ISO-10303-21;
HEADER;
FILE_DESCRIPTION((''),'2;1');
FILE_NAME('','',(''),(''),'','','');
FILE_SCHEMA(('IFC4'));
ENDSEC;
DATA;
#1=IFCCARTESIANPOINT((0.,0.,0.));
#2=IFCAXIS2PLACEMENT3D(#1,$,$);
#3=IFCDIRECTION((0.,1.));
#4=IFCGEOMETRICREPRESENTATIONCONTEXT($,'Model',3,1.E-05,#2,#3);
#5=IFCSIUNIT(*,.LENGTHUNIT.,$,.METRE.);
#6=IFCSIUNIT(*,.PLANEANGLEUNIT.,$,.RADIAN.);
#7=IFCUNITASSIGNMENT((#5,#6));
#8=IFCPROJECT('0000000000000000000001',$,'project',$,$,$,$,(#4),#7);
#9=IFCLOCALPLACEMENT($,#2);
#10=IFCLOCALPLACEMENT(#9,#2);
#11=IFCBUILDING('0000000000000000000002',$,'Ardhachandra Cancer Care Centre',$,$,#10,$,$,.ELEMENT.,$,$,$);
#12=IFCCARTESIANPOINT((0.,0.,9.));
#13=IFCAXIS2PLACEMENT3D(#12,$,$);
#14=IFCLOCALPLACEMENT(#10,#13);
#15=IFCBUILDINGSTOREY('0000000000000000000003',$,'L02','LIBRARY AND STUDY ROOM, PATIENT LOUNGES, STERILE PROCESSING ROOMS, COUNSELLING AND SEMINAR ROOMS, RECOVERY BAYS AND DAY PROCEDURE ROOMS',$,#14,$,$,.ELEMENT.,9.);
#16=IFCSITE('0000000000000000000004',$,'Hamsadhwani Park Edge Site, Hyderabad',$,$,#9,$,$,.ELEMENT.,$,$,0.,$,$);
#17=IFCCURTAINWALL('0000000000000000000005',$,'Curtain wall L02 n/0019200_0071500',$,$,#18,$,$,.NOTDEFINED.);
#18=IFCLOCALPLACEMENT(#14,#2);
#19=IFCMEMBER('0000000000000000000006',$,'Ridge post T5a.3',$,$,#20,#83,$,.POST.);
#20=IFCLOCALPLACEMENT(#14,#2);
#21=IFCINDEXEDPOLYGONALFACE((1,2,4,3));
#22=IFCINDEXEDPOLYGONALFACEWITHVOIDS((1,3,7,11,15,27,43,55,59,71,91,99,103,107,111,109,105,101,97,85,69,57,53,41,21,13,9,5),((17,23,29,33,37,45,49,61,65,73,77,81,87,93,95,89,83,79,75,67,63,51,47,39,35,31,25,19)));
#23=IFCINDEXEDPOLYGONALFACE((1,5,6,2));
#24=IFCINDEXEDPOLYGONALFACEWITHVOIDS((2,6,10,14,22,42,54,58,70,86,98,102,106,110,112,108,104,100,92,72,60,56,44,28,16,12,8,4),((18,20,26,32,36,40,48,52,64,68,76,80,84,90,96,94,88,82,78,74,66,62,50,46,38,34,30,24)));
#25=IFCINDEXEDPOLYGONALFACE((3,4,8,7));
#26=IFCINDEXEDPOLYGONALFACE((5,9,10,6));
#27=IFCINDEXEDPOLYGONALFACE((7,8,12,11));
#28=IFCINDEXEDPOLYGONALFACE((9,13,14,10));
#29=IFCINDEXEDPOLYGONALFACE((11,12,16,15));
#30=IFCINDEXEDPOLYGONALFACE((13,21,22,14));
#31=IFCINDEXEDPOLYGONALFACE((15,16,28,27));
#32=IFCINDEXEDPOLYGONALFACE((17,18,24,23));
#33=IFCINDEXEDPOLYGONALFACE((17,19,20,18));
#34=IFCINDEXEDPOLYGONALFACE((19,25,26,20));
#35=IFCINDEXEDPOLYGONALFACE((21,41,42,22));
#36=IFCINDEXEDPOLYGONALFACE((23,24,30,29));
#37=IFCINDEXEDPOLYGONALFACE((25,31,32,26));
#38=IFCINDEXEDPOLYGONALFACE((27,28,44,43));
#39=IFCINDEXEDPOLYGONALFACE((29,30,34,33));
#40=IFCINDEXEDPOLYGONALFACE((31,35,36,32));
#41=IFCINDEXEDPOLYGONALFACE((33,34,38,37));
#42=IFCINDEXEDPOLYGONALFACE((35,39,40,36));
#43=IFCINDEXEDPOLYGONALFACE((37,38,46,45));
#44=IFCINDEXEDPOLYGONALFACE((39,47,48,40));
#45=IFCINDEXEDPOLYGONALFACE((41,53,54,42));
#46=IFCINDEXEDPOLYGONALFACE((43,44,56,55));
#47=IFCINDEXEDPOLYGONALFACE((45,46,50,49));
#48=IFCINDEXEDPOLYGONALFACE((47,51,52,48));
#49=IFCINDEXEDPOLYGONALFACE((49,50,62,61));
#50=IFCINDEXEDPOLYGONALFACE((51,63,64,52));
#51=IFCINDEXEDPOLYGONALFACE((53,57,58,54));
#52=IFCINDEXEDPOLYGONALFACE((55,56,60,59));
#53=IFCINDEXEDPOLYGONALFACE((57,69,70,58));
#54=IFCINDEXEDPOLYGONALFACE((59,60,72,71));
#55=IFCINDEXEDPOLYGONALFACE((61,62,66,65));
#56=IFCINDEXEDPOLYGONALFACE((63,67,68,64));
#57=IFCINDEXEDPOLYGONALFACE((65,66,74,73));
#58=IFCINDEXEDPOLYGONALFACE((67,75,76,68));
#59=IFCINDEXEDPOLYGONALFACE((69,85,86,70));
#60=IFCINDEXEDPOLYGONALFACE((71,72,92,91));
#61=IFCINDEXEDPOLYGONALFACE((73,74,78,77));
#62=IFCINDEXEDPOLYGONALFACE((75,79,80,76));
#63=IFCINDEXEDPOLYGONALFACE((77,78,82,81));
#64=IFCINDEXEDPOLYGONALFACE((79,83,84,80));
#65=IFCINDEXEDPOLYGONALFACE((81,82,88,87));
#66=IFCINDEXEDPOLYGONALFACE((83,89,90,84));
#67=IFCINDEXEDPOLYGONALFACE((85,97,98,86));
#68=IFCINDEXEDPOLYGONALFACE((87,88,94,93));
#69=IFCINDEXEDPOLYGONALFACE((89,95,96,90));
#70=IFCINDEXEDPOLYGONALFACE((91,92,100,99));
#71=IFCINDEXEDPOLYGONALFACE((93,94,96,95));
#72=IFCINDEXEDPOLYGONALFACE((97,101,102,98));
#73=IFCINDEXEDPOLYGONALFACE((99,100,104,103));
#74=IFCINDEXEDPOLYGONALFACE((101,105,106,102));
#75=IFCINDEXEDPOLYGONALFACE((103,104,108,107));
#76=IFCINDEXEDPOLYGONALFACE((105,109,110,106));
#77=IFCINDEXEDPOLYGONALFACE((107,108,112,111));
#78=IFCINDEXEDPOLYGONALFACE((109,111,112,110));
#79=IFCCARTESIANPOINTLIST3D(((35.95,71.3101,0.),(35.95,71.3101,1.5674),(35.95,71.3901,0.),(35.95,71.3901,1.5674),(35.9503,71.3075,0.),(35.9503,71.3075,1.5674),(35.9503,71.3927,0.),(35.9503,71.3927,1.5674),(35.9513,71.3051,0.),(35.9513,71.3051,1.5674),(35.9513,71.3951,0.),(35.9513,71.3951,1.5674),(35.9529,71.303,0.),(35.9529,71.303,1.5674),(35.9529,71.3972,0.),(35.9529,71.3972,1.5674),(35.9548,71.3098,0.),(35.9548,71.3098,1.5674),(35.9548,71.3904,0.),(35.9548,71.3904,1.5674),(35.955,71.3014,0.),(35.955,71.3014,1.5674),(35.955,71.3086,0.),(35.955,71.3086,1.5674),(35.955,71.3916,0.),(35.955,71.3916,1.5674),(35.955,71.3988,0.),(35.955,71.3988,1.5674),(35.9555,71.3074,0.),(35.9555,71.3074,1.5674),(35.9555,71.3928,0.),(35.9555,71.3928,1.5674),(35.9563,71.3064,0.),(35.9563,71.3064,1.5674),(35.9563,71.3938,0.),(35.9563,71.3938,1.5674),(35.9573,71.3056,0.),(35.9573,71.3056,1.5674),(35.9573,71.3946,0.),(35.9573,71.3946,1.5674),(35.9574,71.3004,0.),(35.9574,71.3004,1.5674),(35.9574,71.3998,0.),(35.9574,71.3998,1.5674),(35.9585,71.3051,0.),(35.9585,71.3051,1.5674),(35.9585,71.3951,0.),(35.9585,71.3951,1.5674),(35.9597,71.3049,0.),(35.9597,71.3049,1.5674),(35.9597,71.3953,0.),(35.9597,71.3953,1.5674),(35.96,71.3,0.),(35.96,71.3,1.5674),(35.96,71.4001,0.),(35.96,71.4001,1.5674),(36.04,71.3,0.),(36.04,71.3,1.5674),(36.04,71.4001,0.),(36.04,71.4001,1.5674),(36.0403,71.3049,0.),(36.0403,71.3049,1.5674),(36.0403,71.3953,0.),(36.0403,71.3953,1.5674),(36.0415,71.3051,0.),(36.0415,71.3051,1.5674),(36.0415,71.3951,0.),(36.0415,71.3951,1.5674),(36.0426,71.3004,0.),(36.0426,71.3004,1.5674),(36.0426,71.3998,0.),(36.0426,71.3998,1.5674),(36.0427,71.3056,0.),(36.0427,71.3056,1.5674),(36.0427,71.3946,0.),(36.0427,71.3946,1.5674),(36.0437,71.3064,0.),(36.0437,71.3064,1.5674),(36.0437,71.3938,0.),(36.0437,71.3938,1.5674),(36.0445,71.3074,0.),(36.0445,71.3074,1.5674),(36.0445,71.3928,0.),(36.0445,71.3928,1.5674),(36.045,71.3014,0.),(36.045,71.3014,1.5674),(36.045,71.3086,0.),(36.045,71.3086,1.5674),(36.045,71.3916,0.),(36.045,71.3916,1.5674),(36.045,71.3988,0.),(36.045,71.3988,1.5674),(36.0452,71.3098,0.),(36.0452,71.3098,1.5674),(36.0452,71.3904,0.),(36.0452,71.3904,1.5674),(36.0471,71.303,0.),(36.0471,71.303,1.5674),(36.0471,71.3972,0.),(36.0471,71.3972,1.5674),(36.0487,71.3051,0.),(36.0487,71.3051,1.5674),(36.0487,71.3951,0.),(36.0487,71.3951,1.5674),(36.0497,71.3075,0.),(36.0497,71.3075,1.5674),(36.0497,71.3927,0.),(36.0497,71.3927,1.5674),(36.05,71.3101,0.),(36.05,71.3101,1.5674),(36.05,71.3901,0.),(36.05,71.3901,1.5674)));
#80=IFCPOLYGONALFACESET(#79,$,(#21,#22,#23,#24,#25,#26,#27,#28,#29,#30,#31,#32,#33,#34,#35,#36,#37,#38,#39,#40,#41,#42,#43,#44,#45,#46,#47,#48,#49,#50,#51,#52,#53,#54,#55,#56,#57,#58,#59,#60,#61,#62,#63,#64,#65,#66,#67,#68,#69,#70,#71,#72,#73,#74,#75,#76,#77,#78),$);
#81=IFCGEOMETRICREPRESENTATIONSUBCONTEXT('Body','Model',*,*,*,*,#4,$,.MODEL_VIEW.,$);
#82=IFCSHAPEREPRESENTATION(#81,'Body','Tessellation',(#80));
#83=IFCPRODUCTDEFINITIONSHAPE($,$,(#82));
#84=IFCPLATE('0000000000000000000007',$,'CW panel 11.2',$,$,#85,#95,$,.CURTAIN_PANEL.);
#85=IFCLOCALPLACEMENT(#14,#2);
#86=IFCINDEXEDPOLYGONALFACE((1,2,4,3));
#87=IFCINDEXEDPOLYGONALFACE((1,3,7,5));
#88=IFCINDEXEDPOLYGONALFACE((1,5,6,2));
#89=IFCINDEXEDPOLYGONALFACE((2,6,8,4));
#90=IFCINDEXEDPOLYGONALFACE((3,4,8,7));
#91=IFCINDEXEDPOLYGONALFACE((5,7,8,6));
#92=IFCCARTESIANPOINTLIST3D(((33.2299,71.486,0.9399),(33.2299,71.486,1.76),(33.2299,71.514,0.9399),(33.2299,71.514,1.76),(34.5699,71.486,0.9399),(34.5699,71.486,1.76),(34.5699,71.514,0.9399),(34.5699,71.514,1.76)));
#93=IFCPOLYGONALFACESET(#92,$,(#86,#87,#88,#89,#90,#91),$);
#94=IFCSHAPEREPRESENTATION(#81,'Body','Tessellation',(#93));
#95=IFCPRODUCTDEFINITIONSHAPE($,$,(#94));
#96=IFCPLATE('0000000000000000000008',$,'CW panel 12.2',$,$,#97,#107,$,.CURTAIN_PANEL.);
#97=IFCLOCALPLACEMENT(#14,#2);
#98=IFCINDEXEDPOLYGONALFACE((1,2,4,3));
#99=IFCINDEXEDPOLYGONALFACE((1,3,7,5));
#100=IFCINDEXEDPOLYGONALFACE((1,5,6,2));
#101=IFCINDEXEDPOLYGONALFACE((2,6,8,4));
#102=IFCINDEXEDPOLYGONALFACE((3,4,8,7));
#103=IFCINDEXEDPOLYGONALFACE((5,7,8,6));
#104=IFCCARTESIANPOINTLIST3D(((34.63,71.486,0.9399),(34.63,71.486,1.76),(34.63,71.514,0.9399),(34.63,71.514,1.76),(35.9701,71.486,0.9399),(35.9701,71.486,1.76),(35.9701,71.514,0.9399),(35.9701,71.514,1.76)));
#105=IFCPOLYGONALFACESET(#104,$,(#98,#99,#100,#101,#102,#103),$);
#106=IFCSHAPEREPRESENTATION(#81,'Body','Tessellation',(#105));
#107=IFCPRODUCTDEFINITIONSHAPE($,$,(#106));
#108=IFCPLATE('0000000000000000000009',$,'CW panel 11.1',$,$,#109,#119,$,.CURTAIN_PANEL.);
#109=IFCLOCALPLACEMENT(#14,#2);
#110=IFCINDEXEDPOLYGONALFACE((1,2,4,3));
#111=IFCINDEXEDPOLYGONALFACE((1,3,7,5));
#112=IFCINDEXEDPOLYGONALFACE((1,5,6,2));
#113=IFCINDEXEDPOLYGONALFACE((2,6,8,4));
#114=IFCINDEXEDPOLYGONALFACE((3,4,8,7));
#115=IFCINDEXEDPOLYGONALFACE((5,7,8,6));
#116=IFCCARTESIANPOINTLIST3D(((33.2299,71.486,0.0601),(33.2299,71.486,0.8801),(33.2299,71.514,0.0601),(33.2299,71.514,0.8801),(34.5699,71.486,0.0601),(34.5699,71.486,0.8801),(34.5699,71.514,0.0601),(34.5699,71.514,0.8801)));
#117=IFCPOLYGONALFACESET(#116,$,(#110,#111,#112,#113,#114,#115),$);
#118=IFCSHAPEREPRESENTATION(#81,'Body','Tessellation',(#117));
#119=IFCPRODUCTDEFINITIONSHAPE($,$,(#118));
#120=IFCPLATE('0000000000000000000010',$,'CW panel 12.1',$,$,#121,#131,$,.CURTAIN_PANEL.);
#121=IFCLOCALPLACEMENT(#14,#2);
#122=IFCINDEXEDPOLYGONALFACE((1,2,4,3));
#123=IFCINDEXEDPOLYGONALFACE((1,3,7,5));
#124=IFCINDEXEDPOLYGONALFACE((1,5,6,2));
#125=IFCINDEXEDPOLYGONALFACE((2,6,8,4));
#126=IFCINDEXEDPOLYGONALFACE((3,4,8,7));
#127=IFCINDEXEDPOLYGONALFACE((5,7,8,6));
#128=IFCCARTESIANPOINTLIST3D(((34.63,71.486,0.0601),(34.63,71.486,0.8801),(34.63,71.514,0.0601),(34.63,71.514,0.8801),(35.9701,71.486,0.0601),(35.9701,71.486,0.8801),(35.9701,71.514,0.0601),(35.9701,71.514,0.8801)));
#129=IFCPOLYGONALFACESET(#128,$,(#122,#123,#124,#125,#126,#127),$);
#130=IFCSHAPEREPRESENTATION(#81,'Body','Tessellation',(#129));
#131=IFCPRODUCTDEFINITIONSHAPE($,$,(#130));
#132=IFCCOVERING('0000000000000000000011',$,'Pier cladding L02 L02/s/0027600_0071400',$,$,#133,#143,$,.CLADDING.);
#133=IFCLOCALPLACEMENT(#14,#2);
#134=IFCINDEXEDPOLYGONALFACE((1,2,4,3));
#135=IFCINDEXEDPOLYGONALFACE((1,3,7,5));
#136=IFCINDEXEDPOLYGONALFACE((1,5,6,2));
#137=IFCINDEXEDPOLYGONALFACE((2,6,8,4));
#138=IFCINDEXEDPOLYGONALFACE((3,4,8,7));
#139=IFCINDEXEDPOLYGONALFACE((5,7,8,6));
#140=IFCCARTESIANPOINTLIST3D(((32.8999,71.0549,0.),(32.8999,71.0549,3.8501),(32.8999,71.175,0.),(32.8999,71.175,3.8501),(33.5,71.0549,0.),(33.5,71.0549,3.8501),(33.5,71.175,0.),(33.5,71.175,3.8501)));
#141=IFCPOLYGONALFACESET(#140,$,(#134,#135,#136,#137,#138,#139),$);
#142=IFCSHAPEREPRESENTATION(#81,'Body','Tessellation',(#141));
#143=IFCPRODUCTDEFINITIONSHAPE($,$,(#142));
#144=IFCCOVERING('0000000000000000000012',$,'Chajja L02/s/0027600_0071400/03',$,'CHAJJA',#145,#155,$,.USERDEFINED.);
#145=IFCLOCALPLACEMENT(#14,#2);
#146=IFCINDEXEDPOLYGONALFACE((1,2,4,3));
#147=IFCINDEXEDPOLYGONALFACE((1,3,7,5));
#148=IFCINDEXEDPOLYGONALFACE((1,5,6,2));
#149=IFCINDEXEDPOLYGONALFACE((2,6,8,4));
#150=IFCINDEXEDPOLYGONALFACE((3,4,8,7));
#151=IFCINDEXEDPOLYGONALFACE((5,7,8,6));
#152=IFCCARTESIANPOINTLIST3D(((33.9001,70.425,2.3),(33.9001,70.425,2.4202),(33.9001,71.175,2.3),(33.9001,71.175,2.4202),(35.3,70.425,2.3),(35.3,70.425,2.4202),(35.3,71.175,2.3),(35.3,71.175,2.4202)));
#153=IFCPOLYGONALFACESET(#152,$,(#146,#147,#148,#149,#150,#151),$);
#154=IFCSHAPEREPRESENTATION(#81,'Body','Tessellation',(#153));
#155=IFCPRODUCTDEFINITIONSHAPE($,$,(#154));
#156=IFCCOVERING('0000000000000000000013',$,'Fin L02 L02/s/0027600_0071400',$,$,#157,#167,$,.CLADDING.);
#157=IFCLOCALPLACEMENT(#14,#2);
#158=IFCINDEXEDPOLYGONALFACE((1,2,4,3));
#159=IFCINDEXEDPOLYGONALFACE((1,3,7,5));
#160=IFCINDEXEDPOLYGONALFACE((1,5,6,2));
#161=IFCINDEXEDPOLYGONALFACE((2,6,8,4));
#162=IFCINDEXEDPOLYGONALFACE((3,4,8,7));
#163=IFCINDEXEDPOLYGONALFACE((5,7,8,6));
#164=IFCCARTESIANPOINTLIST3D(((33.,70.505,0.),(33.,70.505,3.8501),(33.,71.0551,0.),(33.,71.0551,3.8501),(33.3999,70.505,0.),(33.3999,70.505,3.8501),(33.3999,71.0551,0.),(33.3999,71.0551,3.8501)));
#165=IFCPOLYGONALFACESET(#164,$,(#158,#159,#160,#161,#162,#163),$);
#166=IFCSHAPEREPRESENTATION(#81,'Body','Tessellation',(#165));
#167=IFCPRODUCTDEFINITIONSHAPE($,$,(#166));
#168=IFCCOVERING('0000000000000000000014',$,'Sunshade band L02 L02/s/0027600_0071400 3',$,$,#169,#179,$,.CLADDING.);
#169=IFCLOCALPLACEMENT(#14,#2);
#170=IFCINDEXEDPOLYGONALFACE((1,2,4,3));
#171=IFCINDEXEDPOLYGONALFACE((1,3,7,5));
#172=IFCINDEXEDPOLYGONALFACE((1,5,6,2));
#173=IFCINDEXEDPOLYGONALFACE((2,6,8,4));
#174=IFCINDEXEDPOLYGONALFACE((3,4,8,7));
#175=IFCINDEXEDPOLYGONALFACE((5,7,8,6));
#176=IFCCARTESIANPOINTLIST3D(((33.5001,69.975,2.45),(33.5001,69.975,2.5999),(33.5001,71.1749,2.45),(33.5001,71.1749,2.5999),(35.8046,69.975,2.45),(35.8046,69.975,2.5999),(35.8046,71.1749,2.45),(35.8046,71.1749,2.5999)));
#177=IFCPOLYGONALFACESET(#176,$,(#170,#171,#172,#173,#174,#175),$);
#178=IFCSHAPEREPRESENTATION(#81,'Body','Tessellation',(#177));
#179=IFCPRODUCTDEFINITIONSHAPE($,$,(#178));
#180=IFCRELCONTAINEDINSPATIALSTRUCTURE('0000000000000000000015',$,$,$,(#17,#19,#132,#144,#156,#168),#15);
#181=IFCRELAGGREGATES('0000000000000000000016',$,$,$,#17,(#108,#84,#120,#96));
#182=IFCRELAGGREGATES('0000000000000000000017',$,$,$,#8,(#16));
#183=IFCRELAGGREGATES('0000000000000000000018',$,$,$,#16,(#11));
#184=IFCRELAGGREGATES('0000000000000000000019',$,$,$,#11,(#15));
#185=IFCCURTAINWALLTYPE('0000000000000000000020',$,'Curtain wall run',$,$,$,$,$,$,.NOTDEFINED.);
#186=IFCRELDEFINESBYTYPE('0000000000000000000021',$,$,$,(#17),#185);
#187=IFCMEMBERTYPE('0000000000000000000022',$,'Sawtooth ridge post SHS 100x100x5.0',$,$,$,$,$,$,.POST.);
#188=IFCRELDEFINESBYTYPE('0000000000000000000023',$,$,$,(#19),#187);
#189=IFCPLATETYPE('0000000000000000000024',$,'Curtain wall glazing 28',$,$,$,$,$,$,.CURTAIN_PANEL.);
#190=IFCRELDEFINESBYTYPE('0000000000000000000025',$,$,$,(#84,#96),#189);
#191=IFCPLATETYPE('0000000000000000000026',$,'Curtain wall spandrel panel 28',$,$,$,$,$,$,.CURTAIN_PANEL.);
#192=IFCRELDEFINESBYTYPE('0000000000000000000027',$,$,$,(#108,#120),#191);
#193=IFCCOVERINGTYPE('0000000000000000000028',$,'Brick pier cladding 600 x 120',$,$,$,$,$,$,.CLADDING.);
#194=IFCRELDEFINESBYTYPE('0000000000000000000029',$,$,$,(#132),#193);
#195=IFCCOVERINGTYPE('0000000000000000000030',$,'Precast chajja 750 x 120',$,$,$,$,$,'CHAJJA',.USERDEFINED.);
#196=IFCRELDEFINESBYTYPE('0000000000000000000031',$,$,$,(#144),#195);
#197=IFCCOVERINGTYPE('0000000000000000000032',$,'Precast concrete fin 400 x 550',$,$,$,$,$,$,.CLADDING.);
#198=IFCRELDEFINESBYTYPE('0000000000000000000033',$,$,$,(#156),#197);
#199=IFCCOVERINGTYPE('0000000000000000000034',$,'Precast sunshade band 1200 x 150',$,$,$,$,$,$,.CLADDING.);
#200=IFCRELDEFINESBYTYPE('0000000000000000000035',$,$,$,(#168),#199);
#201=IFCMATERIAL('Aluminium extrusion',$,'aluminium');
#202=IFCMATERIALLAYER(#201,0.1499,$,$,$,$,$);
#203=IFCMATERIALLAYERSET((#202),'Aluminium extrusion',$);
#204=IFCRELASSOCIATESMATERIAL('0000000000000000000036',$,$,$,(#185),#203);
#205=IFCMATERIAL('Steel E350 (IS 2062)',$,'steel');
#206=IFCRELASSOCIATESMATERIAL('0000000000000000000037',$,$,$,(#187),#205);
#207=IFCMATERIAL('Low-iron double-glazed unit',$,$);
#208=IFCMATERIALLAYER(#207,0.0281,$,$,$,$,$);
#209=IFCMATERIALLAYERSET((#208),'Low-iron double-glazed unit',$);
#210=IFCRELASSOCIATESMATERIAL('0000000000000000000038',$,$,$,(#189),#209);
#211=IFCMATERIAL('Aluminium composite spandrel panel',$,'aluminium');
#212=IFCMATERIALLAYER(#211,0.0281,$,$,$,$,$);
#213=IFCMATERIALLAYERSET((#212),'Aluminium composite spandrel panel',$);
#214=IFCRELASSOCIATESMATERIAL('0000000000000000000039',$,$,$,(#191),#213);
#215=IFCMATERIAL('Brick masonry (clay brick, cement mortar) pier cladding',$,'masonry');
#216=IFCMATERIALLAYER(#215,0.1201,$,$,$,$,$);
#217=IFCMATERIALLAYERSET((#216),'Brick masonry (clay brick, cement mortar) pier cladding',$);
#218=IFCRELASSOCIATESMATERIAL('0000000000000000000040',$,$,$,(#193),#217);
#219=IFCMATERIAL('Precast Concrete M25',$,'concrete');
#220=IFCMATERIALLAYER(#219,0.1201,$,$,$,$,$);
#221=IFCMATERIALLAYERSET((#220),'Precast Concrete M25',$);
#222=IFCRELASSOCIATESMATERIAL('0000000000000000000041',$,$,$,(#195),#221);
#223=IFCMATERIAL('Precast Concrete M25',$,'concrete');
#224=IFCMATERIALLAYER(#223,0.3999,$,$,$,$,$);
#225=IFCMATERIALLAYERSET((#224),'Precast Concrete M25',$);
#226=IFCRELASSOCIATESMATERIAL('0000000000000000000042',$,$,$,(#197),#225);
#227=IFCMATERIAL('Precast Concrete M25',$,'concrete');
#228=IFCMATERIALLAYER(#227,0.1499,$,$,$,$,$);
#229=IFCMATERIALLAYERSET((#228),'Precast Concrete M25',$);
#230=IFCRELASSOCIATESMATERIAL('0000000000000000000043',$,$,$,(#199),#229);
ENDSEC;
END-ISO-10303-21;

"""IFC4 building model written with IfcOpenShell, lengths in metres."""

from ifc_helpers import new_model, si_unit, direction, frame, origin, origin_2d, place, context, subcontext, project, spatial, rectangle, hollow_rectangle, extrude, material, layer, layer_set, material_profile, profile_set, type_object, element, aggregate, save


model = new_model("IFC4")

# Units and contexts
model_context = context("Model", 3, precision=1e-05, world=origin(), true_north=direction((0.0, 1.0)))
body_context = subcontext(model_context, "Body", "Model", "MODEL_VIEW")
ifc_project = project(units=[si_unit("LENGTHUNIT", "METRE"), si_unit("PLANEANGLEUNIT", "RADIAN")], contexts=[model_context])

# Site, building, storey
site_placement = place(None, origin())
site = spatial("IfcSite", under=ifc_project, at=site_placement, Name="Hamsadhwani Park Edge Site, Hyderabad", CompositionType="ELEMENT", RefElevation=0.0)
building_placement = place(site_placement, origin())
building = spatial("IfcBuilding", under=site, at=building_placement, Name="Ardhachandra Cancer Care Centre", CompositionType="ELEMENT")
storey_placement = place(building_placement, frame((0.0, 0.0, 9.0)))
storey = spatial("IfcBuildingStorey", under=building, at=storey_placement, Name="L02", Description="LIBRARY AND STUDY ROOM, PATIENT LOUNGES, STERILE PROCESSING ROOMS, COUNSELLING AND SEMINAR ROOMS, RECOVERY BAYS AND DAY PROCEDURE ROOMS", CompositionType="ELEMENT", Elevation=9.0)

# Curtain wall
ifc_material_1 = material(Name="Aluminium extrusion", Category="aluminium")
ifc_layer_1 = layer(ifc_material_1, 0.1499)
ifc_layer_set_1 = layer_set([ifc_layer_1], Name="Aluminium extrusion")
curtain_wall_type = type_object("IfcCurtainWallType", Name="Curtain wall run", PredefinedType="NOTDEFINED", material=ifc_layer_set_1)
curtain_wall_placement = place(storey_placement, origin())
curtain_wall = element("IfcCurtainWall", 1, at=curtain_wall_placement, inside=storey, type_object=curtain_wall_type, Name="Curtain wall L02 n/0019200_0071500", PredefinedType="NOTDEFINED")

# Member
ifc_material_2 = material(Name="Steel E350 (IS 2062)", Category="steel")
ifc_material_profile_1 = material_profile(ifc_material_2, hollow_rectangle(XDim=0.1001, YDim=0.1001, WallThickness=0.0049, InnerFilletRadius=0.0049, OuterFilletRadius=0.01, at=origin_2d()), Name="SHS 100x100x5.0")
ifc_profile_set_1 = profile_set([ifc_material_profile_1], Name="Steel E350 (IS 2062)")
member_type_1 = type_object("IfcMemberType", Name="Sawtooth ridge post SHS 100x100x5.0", PredefinedType="POST", material=ifc_profile_set_1)
member_1_placement = place(storey_placement, frame((36.0, 71.3501, 0.0), z_axis=(0.0, 0.0, 1.0), x_axis=(1.0, 0.0, 0.0)))
element("IfcMember", 2, at=member_1_placement, inside=storey, type_object=member_type_1, Name="Ridge post T5a.3", PredefinedType="POST", context=body_context, shape_type="SweptSolid", body=[
    extrude(hollow_rectangle(XDim=0.1001, YDim=0.1001, WallThickness=0.0049, InnerFilletRadius=0.0049, OuterFilletRadius=0.01, at=origin_2d()), origin(), (0.0, 0.0, 1.0), 1.5674),
])

# Plates
ifc_material_3 = material(Name="Low-iron double-glazed unit")
ifc_layer_2 = layer(ifc_material_3, 0.0281)
ifc_layer_set_2 = layer_set([ifc_layer_2], Name="Low-iron double-glazed unit")
plate_type_1 = type_object("IfcPlateType", Name="Curtain wall glazing 28", PredefinedType="CURTAIN_PANEL", material=ifc_layer_set_2)
plate_1_placement = place(storey_placement, frame((33.8999, 71.5, 0.9399), z_axis=(0.0, 0.0, 1.0), x_axis=(1.0, 0.0, 0.0)))
plate_1 = element("IfcPlate", 3, at=plate_1_placement, type_object=plate_type_1, Name="CW panel 11.2", PredefinedType="CURTAIN_PANEL", context=body_context, shape_type="SweptSolid", body=[
    extrude(rectangle(XDim=1.3401, YDim=0.0281, at=origin_2d()), origin(), (0.0, 0.0, 1.0), 0.8201),
])
plate_2_placement = place(storey_placement, frame((35.3, 71.5, 0.9399), z_axis=(0.0, 0.0, 1.0), x_axis=(1.0, 0.0, 0.0)))
plate_2 = element("IfcPlate", 4, at=plate_2_placement, type_object=plate_type_1, Name="CW panel 12.2", PredefinedType="CURTAIN_PANEL", context=body_context, shape_type="SweptSolid", body=[
    extrude(rectangle(XDim=1.3401, YDim=0.0281, at=origin_2d()), origin(), (0.0, 0.0, 1.0), 0.8201),
])
ifc_material_4 = material(Name="Aluminium composite spandrel panel", Category="aluminium")
ifc_layer_3 = layer(ifc_material_4, 0.0281)
ifc_layer_set_3 = layer_set([ifc_layer_3], Name="Aluminium composite spandrel panel")
plate_type_2 = type_object("IfcPlateType", Name="Curtain wall spandrel panel 28", PredefinedType="CURTAIN_PANEL", material=ifc_layer_set_3)
plate_3_placement = place(storey_placement, frame((33.8999, 71.5, 0.0601), z_axis=(0.0, 0.0, 1.0), x_axis=(1.0, 0.0, 0.0)))
plate_3 = element("IfcPlate", 5, at=plate_3_placement, type_object=plate_type_2, Name="CW panel 11.1", PredefinedType="CURTAIN_PANEL", context=body_context, shape_type="SweptSolid", body=[
    extrude(rectangle(XDim=1.3401, YDim=0.0281, at=origin_2d()), origin(), (0.0, 0.0, 1.0), 0.8201),
])
plate_4_placement = place(storey_placement, frame((35.3, 71.5, 0.0601), z_axis=(0.0, 0.0, 1.0), x_axis=(1.0, 0.0, 0.0)))
plate_4 = element("IfcPlate", 6, at=plate_4_placement, type_object=plate_type_2, Name="CW panel 12.1", PredefinedType="CURTAIN_PANEL", context=body_context, shape_type="SweptSolid", body=[
    extrude(rectangle(XDim=1.3401, YDim=0.0281, at=origin_2d()), origin(), (0.0, 0.0, 1.0), 0.8201),
])
aggregate(curtain_wall, [plate_3, plate_1, plate_4, plate_2])

# Coverings
ifc_material_5 = material(Name="Brick masonry (clay brick, cement mortar) pier cladding", Category="masonry")
ifc_layer_4 = layer(ifc_material_5, 0.1201)
ifc_layer_set_4 = layer_set([ifc_layer_4], Name="Brick masonry (clay brick, cement mortar) pier cladding")
covering_type_1 = type_object("IfcCoveringType", Name="Brick pier cladding 600 x 120", PredefinedType="CLADDING", material=ifc_layer_set_4)
covering_1_placement = place(storey_placement, frame((33.2, 71.115, 0.0), z_axis=(0.0, 0.0, 1.0), x_axis=(1.0, 0.0, 0.0)))
element("IfcCovering", 7, at=covering_1_placement, inside=storey, type_object=covering_type_1, Name="Pier cladding L02 L02/s/0027600_0071400", PredefinedType="CLADDING", context=body_context, shape_type="SweptSolid", body=[
    extrude(rectangle(XDim=0.6001, YDim=0.1201, at=origin_2d()), origin(), (0.0, 0.0, 1.0), 3.8501),
])
ifc_material_6 = material(Name="Precast Concrete M25", Category="concrete")
ifc_layer_5 = layer(ifc_material_6, 0.1201)
ifc_layer_set_5 = layer_set([ifc_layer_5], Name="Precast Concrete M25")
covering_type_2 = type_object("IfcCoveringType", Name="Precast chajja 750 x 120", ElementType="CHAJJA", PredefinedType="USERDEFINED", material=ifc_layer_set_5)
covering_2_placement = place(storey_placement, frame((34.6001, 70.8, 2.3), z_axis=(0.0, 0.0, 1.0), x_axis=(1.0, 0.0, 0.0)))
element("IfcCovering", 8, at=covering_2_placement, inside=storey, type_object=covering_type_2, Name="Chajja L02/s/0027600_0071400/03", ObjectType="CHAJJA", PredefinedType="USERDEFINED", context=body_context, shape_type="SweptSolid", body=[
    extrude(rectangle(XDim=1.3999, YDim=0.75, at=origin_2d()), origin(), (0.0, 0.0, 1.0), 0.1201),
])
ifc_material_7 = material(Name="Precast Concrete M25", Category="concrete")
ifc_layer_6 = layer(ifc_material_7, 0.3999)
ifc_layer_set_6 = layer_set([ifc_layer_6], Name="Precast Concrete M25")
covering_type_3 = type_object("IfcCoveringType", Name="Precast concrete fin 400 x 550", PredefinedType="CLADDING", material=ifc_layer_set_6)
covering_3_placement = place(storey_placement, frame((33.2, 70.78, 0.0), z_axis=(0.0, 0.0, 1.0), x_axis=(1.0, 0.0, 0.0)))
element("IfcCovering", 9, at=covering_3_placement, inside=storey, type_object=covering_type_3, Name="Fin L02 L02/s/0027600_0071400", PredefinedType="CLADDING", context=body_context, shape_type="SweptSolid", body=[
    extrude(rectangle(XDim=0.3999, YDim=0.55, at=origin_2d()), origin(), (0.0, 0.0, 1.0), 3.8501),
])
ifc_material_8 = material(Name="Precast Concrete M25", Category="concrete")
ifc_layer_7 = layer(ifc_material_8, 0.1499)
ifc_layer_set_7 = layer_set([ifc_layer_7], Name="Precast Concrete M25")
covering_type_4 = type_object("IfcCoveringType", Name="Precast sunshade band 1200 x 150", PredefinedType="CLADDING", material=ifc_layer_set_7)
covering_4_placement = place(storey_placement, frame((34.6523, 70.575, 2.45), z_axis=(0.0, 0.0, 1.0), x_axis=(1.0, 0.0, 0.0)))
element("IfcCovering", 10, at=covering_4_placement, inside=storey, type_object=covering_type_4, Name="Sunshade band L02 L02/s/0027600_0071400 3", PredefinedType="CLADDING", context=body_context, shape_type="SweptSolid", body=[
    extrude(rectangle(XDim=2.3044, YDim=1.2, at=origin_2d()), origin(), (0.0, 0.0, 1.0), 0.1499),
])

save(model, "model.ifc")
